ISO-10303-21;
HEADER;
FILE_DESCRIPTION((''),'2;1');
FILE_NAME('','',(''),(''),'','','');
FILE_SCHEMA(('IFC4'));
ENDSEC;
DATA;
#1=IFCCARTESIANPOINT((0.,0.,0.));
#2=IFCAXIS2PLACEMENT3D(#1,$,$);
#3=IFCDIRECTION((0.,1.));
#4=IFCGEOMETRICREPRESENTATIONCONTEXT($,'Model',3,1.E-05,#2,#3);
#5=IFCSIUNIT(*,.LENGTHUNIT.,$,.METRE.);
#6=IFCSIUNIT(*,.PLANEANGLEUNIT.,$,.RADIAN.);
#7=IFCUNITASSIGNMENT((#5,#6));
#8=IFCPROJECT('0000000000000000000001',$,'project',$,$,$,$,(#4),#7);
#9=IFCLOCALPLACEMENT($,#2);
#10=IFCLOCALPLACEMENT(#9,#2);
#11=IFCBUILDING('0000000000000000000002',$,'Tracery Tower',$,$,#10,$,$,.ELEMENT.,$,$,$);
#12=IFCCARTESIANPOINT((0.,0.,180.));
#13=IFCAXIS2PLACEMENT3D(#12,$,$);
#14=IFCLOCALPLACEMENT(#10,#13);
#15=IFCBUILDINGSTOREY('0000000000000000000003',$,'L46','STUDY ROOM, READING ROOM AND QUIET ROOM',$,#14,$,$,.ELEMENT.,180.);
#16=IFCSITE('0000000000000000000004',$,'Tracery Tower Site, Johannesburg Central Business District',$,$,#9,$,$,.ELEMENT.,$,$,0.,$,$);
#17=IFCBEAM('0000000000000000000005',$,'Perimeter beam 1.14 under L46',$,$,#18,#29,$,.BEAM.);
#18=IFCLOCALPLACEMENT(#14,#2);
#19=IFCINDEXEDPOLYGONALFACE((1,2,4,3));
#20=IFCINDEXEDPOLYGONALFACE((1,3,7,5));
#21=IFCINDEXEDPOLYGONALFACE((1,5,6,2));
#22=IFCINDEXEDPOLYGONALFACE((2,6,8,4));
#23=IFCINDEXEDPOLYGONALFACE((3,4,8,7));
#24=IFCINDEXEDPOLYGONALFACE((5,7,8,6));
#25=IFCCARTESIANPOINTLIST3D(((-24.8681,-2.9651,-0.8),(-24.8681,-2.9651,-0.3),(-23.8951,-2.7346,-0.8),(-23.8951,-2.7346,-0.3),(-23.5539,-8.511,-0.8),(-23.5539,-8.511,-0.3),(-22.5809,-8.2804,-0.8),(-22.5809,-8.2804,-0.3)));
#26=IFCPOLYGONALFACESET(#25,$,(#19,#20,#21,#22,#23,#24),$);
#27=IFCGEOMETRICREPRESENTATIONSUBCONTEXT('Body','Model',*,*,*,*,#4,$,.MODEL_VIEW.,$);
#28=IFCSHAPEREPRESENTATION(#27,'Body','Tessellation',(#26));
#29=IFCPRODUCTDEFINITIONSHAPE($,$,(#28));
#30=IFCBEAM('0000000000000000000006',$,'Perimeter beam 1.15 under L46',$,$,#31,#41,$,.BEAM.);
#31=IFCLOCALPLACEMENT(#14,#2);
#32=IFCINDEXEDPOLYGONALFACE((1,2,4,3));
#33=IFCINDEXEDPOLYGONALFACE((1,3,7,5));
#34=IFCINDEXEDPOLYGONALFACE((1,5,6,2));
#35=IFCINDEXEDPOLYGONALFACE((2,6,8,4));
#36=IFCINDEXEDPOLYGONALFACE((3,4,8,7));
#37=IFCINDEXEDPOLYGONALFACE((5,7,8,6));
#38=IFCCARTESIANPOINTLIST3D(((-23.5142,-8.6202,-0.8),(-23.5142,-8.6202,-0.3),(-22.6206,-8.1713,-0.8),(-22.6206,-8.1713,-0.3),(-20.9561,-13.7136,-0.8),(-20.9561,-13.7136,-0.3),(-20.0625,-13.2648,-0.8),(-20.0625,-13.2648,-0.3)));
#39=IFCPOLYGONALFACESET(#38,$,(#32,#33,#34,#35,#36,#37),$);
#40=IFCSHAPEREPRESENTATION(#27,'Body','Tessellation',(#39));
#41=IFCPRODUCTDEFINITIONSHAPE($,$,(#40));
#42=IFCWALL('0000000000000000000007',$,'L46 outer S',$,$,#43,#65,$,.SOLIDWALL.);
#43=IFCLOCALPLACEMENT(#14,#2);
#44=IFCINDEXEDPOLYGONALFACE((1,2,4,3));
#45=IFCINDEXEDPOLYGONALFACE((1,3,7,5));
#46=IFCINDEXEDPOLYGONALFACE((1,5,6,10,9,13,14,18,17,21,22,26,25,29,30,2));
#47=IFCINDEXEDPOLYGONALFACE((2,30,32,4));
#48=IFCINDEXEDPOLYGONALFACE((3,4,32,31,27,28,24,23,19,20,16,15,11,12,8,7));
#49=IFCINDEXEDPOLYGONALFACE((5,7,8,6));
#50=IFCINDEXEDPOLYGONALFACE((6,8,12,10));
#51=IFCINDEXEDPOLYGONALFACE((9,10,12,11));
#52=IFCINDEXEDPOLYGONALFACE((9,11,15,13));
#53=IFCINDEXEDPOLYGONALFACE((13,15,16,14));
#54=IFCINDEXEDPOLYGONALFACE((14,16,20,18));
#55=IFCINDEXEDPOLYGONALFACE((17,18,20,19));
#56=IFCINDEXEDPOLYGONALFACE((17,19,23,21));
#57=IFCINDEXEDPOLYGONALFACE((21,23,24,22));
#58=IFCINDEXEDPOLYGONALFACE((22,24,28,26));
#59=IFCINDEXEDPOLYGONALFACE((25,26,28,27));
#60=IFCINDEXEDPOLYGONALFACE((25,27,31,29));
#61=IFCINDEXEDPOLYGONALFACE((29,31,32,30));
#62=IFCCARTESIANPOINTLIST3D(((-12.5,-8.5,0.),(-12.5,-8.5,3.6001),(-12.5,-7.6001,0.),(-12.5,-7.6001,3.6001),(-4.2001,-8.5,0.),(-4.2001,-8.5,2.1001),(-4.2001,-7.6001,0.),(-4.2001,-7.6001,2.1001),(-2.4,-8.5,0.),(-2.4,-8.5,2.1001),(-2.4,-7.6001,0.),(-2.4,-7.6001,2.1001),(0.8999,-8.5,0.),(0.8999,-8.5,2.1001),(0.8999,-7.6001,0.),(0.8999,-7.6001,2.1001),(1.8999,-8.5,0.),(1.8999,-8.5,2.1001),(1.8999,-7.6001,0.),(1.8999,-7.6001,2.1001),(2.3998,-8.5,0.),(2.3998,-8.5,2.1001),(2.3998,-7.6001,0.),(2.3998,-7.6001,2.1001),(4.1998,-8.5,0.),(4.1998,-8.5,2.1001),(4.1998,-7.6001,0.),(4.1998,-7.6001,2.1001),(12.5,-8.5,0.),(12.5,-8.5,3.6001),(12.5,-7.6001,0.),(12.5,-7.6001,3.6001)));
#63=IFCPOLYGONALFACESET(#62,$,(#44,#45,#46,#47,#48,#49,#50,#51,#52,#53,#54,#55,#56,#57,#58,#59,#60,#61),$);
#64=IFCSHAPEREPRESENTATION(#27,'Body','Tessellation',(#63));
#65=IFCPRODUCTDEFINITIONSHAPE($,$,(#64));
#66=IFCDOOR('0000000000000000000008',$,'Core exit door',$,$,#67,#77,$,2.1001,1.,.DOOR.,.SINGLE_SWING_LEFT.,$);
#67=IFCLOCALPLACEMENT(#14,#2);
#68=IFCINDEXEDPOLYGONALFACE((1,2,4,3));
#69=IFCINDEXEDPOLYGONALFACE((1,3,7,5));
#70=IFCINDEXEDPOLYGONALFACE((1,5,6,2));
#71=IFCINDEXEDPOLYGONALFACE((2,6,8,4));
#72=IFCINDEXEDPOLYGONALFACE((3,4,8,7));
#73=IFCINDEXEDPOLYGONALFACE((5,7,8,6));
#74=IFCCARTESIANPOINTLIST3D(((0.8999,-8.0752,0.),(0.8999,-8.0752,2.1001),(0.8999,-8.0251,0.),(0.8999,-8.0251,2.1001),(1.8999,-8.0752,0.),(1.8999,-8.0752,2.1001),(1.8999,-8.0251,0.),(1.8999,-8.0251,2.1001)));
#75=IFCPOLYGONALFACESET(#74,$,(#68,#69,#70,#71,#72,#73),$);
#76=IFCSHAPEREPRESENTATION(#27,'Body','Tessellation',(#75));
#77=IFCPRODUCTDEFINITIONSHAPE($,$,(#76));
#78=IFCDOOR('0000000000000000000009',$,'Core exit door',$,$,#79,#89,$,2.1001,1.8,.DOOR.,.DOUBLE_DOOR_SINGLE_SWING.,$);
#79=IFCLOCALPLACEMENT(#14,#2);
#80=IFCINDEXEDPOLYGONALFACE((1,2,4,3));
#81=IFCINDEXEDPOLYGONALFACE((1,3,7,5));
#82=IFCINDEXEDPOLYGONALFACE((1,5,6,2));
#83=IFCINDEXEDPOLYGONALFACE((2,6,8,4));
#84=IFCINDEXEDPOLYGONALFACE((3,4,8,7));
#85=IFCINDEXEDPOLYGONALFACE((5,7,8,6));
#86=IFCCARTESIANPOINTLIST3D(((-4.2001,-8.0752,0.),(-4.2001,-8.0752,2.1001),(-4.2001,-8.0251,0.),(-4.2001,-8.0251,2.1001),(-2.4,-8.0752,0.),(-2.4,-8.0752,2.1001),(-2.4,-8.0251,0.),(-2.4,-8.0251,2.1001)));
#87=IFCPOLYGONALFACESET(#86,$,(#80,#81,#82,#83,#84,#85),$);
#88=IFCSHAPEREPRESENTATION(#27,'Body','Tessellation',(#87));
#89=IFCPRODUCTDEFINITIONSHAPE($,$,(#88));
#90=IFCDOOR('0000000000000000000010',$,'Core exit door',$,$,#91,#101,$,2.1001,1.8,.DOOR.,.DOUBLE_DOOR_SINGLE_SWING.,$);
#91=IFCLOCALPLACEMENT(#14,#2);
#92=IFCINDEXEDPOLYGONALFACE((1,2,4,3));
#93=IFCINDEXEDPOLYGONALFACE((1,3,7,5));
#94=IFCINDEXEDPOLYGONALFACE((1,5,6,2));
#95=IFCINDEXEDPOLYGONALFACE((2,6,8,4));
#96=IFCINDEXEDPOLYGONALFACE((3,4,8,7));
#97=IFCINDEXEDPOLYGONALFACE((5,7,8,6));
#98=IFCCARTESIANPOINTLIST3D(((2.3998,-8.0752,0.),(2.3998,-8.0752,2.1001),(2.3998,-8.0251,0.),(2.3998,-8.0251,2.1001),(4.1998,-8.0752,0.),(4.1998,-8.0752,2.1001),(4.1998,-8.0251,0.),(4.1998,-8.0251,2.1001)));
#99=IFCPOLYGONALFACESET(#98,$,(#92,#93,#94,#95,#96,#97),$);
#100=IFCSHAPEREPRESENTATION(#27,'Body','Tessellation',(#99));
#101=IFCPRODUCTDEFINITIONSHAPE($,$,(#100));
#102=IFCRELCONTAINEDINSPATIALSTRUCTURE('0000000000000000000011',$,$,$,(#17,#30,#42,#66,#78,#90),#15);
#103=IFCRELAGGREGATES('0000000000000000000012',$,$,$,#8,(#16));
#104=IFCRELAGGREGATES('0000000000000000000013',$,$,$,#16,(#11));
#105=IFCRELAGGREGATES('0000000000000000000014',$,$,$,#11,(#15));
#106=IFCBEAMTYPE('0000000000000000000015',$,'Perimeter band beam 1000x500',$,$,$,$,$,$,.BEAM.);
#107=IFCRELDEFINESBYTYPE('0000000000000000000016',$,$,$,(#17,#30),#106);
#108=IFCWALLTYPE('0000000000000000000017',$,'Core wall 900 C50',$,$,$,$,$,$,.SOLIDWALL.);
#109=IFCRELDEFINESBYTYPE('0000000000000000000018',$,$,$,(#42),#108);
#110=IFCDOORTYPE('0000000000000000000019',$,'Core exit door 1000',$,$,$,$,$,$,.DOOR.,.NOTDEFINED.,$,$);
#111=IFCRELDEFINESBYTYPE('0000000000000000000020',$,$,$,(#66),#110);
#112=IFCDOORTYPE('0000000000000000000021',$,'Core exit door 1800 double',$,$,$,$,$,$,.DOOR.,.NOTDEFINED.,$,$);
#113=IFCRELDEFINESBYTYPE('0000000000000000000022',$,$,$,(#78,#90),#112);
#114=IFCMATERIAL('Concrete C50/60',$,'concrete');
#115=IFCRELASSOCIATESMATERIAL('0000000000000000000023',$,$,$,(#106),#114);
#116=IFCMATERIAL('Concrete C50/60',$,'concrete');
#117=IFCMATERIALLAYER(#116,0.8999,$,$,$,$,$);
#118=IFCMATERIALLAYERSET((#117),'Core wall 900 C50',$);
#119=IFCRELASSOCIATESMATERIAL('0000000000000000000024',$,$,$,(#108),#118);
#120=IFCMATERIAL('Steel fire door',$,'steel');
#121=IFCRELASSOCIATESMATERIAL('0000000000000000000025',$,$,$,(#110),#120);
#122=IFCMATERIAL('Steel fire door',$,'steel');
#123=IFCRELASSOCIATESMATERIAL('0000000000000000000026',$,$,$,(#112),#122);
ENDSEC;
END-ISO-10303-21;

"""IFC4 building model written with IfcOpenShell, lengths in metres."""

from ifc_helpers import new_model, si_unit, direction, frame, frame_2d, origin, origin_2d, place, context, subcontext, project, spatial, rectangle, extrude, material, layer, layer_set, material_profile, profile_set, type_object, element, fill, save


model = new_model("IFC4")

# Units and contexts
model_context = context("Model", 3, precision=1e-05, world=origin(), true_north=direction((0.0, 1.0)))
body_context = subcontext(model_context, "Body", "Model", "MODEL_VIEW")
ifc_project = project(units=[si_unit("LENGTHUNIT", "METRE"), si_unit("PLANEANGLEUNIT", "RADIAN")], contexts=[model_context])

# Site, building, storey
site_placement = place(None, origin())
site = spatial("IfcSite", under=ifc_project, at=site_placement, Name="Tracery Tower Site, Johannesburg Central Business District", CompositionType="ELEMENT", RefElevation=0.0)
building_placement = place(site_placement, origin())
building = spatial("IfcBuilding", under=site, at=building_placement, Name="Tracery Tower", CompositionType="ELEMENT")
storey_placement = place(building_placement, frame((0.0, 0.0, 180.0)))
storey = spatial("IfcBuildingStorey", under=building, at=storey_placement, Name="L46", Description="STUDY ROOM, READING ROOM AND QUIET ROOM", CompositionType="ELEMENT", Elevation=180.0)

# Beams
ifc_material_1 = material(Name="Concrete C50/60", Category="concrete")
ifc_material_profile_1 = material_profile(ifc_material_1, rectangle(XDim=1.0, YDim=0.5, at=origin_2d()), Name="RC 1000x500")
ifc_profile_set_1 = profile_set([ifc_material_profile_1], Name="Concrete C50/60")
beam_type = type_object("IfcBeamType", Name="Perimeter band beam 1000x500", PredefinedType="BEAM", material=ifc_profile_set_1)
beam_1_placement = place(storey_placement, frame((-24.3816, -2.8499, -0.55), z_axis=(0.230584, -0.973052, 0.0), x_axis=(0.973052, 0.230584, 0.0)))
element("IfcBeam", 1, at=beam_1_placement, inside=storey, type_object=beam_type, Name="Perimeter beam 1.14 under L46", PredefinedType="BEAM", context=body_context, shape_type="SweptSolid", body=[
    extrude(rectangle(XDim=1.0, YDim=0.5, at=origin_2d()), origin(), (0.0, 0.0, 1.0), 5.6995),
])
beam_2_placement = place(storey_placement, frame((-23.0674, -8.3958, -0.55), z_axis=(0.448806, -0.893629, 0.0), x_axis=(0.893629, 0.448806, 0.0)))
element("IfcBeam", 2, at=beam_2_placement, inside=storey, type_object=beam_type, Name="Perimeter beam 1.15 under L46", PredefinedType="BEAM", context=body_context, shape_type="SweptSolid", body=[
    extrude(rectangle(XDim=1.0, YDim=0.5, at=origin_2d()), origin(), (0.0, 0.0, 1.0), 5.6997),
])

# Wall, openings, doors
ifc_material_2 = material(Name="Concrete C50/60", Category="concrete")
ifc_layer_1 = layer(ifc_material_2, 0.8999)
ifc_layer_set_1 = layer_set([ifc_layer_1], Name="Core wall 900 C50")
wall_type_1 = type_object("IfcWallType", Name="Core wall 900 C50", PredefinedType="SOLIDWALL", material=ifc_layer_set_1)
wall_1_placement = place(storey_placement, frame((-12.5, -8.05, 0.0), z_axis=(0.0, 0.0, 1.0), x_axis=(1.0, 0.0, 0.0)))
wall_1 = element("IfcWall", 3, at=wall_1_placement, inside=storey, type_object=wall_type_1, Name="L46 outer S", PredefinedType="SOLIDWALL", context=body_context, shape_type="SweptSolid", body=[
    extrude(rectangle(XDim=25.0, YDim=0.8999, at=frame_2d((12.5, 0.0))), origin(), (0.0, 0.0, 1.0), 3.6001),
])
opening_1_placement = place(wall_1_placement, frame((13.3999, 0.0, 0.0)))
opening_1 = element("IfcOpeningElement", 4, at=opening_1_placement, cuts=wall_1, PredefinedType="OPENING", context=body_context, shape_type="SweptSolid", body=[
    extrude(rectangle(XDim=1.0, YDim=2.1001, at=frame_2d((0.5, 1.05))), frame((0.0, 0.45, 0.0), z_axis=(0.0, -1.0, 0.0), x_axis=(1.0, 0.0, 0.0)), (0.0, 0.0, 1.0), 0.8999),
])
opening_2_placement = place(wall_1_placement, frame((8.3, 0.0, 0.0)))
opening_2 = element("IfcOpeningElement", 5, at=opening_2_placement, cuts=wall_1, PredefinedType="OPENING", context=body_context, shape_type="SweptSolid", body=[
    extrude(rectangle(XDim=1.8, YDim=2.1001, at=frame_2d((0.8999, 1.05))), frame((0.0, 0.45, 0.0), z_axis=(0.0, -1.0, 0.0), x_axis=(1.0, 0.0, 0.0)), (0.0, 0.0, 1.0), 0.8999),
])
opening_3_placement = place(wall_1_placement, frame((14.8999, 0.0, 0.0)))
opening_3 = element("IfcOpeningElement", 6, at=opening_3_placement, cuts=wall_1, PredefinedType="OPENING", context=body_context, shape_type="SweptSolid", body=[
    extrude(rectangle(XDim=1.8, YDim=2.1001, at=frame_2d((0.8999, 1.05))), frame((0.0, 0.45, 0.0), z_axis=(0.0, -1.0, 0.0), x_axis=(1.0, 0.0, 0.0)), (0.0, 0.0, 1.0), 0.8999),
])
ifc_material_3 = material(Name="Steel fire door", Category="steel")
door_type_1 = type_object("IfcDoorType", Name="Core exit door 1000", OperationType="NOTDEFINED", PredefinedType="DOOR", material=ifc_material_3)
door_1_placement = place(opening_1_placement, origin())
door_1 = element("IfcDoor", 7, at=door_1_placement, inside=storey, type_object=door_type_1, Name="Core exit door", OperationType="SINGLE_SWING_LEFT", OverallHeight=2.1001, OverallWidth=1.0, PredefinedType="DOOR", context=body_context, shape_type="SweptSolid", body=[
    extrude(rectangle(XDim=1.0, YDim=2.1001, at=frame_2d((0.5, 1.05))), frame((0.0, 0.0249, 0.0), z_axis=(0.0, -1.0, 0.0), x_axis=(1.0, 0.0, 0.0)), (0.0, 0.0, 1.0), 0.05),
])
fill(opening_1, door_1)
ifc_material_4 = material(Name="Steel fire door", Category="steel")
door_type_2 = type_object("IfcDoorType", Name="Core exit door 1800 double", OperationType="NOTDEFINED", PredefinedType="DOOR", material=ifc_material_4)
door_2_placement = place(opening_2_placement, origin())
door_2 = element("IfcDoor", 8, at=door_2_placement, inside=storey, type_object=door_type_2, Name="Core exit door", OperationType="DOUBLE_DOOR_SINGLE_SWING", OverallHeight=2.1001, OverallWidth=1.8, PredefinedType="DOOR", context=body_context, shape_type="SweptSolid", body=[
    extrude(rectangle(XDim=1.8, YDim=2.1001, at=frame_2d((0.8999, 1.05))), frame((0.0, 0.0249, 0.0), z_axis=(0.0, -1.0, 0.0), x_axis=(1.0, 0.0, 0.0)), (0.0, 0.0, 1.0), 0.05),
])
fill(opening_2, door_2)
door_3_placement = place(opening_3_placement, origin())
door_3 = element("IfcDoor", 9, at=door_3_placement, inside=storey, type_object=door_type_2, Name="Core exit door", OperationType="DOUBLE_DOOR_SINGLE_SWING", OverallHeight=2.1001, OverallWidth=1.8, PredefinedType="DOOR", context=body_context, shape_type="SweptSolid", body=[
    extrude(rectangle(XDim=1.8, YDim=2.1001, at=frame_2d((0.8999, 1.05))), frame((0.0, 0.0249, 0.0), z_axis=(0.0, -1.0, 0.0), x_axis=(1.0, 0.0, 0.0)), (0.0, 0.0, 1.0), 0.05),
])
fill(opening_3, door_3)

save(model, "model.ifc")
